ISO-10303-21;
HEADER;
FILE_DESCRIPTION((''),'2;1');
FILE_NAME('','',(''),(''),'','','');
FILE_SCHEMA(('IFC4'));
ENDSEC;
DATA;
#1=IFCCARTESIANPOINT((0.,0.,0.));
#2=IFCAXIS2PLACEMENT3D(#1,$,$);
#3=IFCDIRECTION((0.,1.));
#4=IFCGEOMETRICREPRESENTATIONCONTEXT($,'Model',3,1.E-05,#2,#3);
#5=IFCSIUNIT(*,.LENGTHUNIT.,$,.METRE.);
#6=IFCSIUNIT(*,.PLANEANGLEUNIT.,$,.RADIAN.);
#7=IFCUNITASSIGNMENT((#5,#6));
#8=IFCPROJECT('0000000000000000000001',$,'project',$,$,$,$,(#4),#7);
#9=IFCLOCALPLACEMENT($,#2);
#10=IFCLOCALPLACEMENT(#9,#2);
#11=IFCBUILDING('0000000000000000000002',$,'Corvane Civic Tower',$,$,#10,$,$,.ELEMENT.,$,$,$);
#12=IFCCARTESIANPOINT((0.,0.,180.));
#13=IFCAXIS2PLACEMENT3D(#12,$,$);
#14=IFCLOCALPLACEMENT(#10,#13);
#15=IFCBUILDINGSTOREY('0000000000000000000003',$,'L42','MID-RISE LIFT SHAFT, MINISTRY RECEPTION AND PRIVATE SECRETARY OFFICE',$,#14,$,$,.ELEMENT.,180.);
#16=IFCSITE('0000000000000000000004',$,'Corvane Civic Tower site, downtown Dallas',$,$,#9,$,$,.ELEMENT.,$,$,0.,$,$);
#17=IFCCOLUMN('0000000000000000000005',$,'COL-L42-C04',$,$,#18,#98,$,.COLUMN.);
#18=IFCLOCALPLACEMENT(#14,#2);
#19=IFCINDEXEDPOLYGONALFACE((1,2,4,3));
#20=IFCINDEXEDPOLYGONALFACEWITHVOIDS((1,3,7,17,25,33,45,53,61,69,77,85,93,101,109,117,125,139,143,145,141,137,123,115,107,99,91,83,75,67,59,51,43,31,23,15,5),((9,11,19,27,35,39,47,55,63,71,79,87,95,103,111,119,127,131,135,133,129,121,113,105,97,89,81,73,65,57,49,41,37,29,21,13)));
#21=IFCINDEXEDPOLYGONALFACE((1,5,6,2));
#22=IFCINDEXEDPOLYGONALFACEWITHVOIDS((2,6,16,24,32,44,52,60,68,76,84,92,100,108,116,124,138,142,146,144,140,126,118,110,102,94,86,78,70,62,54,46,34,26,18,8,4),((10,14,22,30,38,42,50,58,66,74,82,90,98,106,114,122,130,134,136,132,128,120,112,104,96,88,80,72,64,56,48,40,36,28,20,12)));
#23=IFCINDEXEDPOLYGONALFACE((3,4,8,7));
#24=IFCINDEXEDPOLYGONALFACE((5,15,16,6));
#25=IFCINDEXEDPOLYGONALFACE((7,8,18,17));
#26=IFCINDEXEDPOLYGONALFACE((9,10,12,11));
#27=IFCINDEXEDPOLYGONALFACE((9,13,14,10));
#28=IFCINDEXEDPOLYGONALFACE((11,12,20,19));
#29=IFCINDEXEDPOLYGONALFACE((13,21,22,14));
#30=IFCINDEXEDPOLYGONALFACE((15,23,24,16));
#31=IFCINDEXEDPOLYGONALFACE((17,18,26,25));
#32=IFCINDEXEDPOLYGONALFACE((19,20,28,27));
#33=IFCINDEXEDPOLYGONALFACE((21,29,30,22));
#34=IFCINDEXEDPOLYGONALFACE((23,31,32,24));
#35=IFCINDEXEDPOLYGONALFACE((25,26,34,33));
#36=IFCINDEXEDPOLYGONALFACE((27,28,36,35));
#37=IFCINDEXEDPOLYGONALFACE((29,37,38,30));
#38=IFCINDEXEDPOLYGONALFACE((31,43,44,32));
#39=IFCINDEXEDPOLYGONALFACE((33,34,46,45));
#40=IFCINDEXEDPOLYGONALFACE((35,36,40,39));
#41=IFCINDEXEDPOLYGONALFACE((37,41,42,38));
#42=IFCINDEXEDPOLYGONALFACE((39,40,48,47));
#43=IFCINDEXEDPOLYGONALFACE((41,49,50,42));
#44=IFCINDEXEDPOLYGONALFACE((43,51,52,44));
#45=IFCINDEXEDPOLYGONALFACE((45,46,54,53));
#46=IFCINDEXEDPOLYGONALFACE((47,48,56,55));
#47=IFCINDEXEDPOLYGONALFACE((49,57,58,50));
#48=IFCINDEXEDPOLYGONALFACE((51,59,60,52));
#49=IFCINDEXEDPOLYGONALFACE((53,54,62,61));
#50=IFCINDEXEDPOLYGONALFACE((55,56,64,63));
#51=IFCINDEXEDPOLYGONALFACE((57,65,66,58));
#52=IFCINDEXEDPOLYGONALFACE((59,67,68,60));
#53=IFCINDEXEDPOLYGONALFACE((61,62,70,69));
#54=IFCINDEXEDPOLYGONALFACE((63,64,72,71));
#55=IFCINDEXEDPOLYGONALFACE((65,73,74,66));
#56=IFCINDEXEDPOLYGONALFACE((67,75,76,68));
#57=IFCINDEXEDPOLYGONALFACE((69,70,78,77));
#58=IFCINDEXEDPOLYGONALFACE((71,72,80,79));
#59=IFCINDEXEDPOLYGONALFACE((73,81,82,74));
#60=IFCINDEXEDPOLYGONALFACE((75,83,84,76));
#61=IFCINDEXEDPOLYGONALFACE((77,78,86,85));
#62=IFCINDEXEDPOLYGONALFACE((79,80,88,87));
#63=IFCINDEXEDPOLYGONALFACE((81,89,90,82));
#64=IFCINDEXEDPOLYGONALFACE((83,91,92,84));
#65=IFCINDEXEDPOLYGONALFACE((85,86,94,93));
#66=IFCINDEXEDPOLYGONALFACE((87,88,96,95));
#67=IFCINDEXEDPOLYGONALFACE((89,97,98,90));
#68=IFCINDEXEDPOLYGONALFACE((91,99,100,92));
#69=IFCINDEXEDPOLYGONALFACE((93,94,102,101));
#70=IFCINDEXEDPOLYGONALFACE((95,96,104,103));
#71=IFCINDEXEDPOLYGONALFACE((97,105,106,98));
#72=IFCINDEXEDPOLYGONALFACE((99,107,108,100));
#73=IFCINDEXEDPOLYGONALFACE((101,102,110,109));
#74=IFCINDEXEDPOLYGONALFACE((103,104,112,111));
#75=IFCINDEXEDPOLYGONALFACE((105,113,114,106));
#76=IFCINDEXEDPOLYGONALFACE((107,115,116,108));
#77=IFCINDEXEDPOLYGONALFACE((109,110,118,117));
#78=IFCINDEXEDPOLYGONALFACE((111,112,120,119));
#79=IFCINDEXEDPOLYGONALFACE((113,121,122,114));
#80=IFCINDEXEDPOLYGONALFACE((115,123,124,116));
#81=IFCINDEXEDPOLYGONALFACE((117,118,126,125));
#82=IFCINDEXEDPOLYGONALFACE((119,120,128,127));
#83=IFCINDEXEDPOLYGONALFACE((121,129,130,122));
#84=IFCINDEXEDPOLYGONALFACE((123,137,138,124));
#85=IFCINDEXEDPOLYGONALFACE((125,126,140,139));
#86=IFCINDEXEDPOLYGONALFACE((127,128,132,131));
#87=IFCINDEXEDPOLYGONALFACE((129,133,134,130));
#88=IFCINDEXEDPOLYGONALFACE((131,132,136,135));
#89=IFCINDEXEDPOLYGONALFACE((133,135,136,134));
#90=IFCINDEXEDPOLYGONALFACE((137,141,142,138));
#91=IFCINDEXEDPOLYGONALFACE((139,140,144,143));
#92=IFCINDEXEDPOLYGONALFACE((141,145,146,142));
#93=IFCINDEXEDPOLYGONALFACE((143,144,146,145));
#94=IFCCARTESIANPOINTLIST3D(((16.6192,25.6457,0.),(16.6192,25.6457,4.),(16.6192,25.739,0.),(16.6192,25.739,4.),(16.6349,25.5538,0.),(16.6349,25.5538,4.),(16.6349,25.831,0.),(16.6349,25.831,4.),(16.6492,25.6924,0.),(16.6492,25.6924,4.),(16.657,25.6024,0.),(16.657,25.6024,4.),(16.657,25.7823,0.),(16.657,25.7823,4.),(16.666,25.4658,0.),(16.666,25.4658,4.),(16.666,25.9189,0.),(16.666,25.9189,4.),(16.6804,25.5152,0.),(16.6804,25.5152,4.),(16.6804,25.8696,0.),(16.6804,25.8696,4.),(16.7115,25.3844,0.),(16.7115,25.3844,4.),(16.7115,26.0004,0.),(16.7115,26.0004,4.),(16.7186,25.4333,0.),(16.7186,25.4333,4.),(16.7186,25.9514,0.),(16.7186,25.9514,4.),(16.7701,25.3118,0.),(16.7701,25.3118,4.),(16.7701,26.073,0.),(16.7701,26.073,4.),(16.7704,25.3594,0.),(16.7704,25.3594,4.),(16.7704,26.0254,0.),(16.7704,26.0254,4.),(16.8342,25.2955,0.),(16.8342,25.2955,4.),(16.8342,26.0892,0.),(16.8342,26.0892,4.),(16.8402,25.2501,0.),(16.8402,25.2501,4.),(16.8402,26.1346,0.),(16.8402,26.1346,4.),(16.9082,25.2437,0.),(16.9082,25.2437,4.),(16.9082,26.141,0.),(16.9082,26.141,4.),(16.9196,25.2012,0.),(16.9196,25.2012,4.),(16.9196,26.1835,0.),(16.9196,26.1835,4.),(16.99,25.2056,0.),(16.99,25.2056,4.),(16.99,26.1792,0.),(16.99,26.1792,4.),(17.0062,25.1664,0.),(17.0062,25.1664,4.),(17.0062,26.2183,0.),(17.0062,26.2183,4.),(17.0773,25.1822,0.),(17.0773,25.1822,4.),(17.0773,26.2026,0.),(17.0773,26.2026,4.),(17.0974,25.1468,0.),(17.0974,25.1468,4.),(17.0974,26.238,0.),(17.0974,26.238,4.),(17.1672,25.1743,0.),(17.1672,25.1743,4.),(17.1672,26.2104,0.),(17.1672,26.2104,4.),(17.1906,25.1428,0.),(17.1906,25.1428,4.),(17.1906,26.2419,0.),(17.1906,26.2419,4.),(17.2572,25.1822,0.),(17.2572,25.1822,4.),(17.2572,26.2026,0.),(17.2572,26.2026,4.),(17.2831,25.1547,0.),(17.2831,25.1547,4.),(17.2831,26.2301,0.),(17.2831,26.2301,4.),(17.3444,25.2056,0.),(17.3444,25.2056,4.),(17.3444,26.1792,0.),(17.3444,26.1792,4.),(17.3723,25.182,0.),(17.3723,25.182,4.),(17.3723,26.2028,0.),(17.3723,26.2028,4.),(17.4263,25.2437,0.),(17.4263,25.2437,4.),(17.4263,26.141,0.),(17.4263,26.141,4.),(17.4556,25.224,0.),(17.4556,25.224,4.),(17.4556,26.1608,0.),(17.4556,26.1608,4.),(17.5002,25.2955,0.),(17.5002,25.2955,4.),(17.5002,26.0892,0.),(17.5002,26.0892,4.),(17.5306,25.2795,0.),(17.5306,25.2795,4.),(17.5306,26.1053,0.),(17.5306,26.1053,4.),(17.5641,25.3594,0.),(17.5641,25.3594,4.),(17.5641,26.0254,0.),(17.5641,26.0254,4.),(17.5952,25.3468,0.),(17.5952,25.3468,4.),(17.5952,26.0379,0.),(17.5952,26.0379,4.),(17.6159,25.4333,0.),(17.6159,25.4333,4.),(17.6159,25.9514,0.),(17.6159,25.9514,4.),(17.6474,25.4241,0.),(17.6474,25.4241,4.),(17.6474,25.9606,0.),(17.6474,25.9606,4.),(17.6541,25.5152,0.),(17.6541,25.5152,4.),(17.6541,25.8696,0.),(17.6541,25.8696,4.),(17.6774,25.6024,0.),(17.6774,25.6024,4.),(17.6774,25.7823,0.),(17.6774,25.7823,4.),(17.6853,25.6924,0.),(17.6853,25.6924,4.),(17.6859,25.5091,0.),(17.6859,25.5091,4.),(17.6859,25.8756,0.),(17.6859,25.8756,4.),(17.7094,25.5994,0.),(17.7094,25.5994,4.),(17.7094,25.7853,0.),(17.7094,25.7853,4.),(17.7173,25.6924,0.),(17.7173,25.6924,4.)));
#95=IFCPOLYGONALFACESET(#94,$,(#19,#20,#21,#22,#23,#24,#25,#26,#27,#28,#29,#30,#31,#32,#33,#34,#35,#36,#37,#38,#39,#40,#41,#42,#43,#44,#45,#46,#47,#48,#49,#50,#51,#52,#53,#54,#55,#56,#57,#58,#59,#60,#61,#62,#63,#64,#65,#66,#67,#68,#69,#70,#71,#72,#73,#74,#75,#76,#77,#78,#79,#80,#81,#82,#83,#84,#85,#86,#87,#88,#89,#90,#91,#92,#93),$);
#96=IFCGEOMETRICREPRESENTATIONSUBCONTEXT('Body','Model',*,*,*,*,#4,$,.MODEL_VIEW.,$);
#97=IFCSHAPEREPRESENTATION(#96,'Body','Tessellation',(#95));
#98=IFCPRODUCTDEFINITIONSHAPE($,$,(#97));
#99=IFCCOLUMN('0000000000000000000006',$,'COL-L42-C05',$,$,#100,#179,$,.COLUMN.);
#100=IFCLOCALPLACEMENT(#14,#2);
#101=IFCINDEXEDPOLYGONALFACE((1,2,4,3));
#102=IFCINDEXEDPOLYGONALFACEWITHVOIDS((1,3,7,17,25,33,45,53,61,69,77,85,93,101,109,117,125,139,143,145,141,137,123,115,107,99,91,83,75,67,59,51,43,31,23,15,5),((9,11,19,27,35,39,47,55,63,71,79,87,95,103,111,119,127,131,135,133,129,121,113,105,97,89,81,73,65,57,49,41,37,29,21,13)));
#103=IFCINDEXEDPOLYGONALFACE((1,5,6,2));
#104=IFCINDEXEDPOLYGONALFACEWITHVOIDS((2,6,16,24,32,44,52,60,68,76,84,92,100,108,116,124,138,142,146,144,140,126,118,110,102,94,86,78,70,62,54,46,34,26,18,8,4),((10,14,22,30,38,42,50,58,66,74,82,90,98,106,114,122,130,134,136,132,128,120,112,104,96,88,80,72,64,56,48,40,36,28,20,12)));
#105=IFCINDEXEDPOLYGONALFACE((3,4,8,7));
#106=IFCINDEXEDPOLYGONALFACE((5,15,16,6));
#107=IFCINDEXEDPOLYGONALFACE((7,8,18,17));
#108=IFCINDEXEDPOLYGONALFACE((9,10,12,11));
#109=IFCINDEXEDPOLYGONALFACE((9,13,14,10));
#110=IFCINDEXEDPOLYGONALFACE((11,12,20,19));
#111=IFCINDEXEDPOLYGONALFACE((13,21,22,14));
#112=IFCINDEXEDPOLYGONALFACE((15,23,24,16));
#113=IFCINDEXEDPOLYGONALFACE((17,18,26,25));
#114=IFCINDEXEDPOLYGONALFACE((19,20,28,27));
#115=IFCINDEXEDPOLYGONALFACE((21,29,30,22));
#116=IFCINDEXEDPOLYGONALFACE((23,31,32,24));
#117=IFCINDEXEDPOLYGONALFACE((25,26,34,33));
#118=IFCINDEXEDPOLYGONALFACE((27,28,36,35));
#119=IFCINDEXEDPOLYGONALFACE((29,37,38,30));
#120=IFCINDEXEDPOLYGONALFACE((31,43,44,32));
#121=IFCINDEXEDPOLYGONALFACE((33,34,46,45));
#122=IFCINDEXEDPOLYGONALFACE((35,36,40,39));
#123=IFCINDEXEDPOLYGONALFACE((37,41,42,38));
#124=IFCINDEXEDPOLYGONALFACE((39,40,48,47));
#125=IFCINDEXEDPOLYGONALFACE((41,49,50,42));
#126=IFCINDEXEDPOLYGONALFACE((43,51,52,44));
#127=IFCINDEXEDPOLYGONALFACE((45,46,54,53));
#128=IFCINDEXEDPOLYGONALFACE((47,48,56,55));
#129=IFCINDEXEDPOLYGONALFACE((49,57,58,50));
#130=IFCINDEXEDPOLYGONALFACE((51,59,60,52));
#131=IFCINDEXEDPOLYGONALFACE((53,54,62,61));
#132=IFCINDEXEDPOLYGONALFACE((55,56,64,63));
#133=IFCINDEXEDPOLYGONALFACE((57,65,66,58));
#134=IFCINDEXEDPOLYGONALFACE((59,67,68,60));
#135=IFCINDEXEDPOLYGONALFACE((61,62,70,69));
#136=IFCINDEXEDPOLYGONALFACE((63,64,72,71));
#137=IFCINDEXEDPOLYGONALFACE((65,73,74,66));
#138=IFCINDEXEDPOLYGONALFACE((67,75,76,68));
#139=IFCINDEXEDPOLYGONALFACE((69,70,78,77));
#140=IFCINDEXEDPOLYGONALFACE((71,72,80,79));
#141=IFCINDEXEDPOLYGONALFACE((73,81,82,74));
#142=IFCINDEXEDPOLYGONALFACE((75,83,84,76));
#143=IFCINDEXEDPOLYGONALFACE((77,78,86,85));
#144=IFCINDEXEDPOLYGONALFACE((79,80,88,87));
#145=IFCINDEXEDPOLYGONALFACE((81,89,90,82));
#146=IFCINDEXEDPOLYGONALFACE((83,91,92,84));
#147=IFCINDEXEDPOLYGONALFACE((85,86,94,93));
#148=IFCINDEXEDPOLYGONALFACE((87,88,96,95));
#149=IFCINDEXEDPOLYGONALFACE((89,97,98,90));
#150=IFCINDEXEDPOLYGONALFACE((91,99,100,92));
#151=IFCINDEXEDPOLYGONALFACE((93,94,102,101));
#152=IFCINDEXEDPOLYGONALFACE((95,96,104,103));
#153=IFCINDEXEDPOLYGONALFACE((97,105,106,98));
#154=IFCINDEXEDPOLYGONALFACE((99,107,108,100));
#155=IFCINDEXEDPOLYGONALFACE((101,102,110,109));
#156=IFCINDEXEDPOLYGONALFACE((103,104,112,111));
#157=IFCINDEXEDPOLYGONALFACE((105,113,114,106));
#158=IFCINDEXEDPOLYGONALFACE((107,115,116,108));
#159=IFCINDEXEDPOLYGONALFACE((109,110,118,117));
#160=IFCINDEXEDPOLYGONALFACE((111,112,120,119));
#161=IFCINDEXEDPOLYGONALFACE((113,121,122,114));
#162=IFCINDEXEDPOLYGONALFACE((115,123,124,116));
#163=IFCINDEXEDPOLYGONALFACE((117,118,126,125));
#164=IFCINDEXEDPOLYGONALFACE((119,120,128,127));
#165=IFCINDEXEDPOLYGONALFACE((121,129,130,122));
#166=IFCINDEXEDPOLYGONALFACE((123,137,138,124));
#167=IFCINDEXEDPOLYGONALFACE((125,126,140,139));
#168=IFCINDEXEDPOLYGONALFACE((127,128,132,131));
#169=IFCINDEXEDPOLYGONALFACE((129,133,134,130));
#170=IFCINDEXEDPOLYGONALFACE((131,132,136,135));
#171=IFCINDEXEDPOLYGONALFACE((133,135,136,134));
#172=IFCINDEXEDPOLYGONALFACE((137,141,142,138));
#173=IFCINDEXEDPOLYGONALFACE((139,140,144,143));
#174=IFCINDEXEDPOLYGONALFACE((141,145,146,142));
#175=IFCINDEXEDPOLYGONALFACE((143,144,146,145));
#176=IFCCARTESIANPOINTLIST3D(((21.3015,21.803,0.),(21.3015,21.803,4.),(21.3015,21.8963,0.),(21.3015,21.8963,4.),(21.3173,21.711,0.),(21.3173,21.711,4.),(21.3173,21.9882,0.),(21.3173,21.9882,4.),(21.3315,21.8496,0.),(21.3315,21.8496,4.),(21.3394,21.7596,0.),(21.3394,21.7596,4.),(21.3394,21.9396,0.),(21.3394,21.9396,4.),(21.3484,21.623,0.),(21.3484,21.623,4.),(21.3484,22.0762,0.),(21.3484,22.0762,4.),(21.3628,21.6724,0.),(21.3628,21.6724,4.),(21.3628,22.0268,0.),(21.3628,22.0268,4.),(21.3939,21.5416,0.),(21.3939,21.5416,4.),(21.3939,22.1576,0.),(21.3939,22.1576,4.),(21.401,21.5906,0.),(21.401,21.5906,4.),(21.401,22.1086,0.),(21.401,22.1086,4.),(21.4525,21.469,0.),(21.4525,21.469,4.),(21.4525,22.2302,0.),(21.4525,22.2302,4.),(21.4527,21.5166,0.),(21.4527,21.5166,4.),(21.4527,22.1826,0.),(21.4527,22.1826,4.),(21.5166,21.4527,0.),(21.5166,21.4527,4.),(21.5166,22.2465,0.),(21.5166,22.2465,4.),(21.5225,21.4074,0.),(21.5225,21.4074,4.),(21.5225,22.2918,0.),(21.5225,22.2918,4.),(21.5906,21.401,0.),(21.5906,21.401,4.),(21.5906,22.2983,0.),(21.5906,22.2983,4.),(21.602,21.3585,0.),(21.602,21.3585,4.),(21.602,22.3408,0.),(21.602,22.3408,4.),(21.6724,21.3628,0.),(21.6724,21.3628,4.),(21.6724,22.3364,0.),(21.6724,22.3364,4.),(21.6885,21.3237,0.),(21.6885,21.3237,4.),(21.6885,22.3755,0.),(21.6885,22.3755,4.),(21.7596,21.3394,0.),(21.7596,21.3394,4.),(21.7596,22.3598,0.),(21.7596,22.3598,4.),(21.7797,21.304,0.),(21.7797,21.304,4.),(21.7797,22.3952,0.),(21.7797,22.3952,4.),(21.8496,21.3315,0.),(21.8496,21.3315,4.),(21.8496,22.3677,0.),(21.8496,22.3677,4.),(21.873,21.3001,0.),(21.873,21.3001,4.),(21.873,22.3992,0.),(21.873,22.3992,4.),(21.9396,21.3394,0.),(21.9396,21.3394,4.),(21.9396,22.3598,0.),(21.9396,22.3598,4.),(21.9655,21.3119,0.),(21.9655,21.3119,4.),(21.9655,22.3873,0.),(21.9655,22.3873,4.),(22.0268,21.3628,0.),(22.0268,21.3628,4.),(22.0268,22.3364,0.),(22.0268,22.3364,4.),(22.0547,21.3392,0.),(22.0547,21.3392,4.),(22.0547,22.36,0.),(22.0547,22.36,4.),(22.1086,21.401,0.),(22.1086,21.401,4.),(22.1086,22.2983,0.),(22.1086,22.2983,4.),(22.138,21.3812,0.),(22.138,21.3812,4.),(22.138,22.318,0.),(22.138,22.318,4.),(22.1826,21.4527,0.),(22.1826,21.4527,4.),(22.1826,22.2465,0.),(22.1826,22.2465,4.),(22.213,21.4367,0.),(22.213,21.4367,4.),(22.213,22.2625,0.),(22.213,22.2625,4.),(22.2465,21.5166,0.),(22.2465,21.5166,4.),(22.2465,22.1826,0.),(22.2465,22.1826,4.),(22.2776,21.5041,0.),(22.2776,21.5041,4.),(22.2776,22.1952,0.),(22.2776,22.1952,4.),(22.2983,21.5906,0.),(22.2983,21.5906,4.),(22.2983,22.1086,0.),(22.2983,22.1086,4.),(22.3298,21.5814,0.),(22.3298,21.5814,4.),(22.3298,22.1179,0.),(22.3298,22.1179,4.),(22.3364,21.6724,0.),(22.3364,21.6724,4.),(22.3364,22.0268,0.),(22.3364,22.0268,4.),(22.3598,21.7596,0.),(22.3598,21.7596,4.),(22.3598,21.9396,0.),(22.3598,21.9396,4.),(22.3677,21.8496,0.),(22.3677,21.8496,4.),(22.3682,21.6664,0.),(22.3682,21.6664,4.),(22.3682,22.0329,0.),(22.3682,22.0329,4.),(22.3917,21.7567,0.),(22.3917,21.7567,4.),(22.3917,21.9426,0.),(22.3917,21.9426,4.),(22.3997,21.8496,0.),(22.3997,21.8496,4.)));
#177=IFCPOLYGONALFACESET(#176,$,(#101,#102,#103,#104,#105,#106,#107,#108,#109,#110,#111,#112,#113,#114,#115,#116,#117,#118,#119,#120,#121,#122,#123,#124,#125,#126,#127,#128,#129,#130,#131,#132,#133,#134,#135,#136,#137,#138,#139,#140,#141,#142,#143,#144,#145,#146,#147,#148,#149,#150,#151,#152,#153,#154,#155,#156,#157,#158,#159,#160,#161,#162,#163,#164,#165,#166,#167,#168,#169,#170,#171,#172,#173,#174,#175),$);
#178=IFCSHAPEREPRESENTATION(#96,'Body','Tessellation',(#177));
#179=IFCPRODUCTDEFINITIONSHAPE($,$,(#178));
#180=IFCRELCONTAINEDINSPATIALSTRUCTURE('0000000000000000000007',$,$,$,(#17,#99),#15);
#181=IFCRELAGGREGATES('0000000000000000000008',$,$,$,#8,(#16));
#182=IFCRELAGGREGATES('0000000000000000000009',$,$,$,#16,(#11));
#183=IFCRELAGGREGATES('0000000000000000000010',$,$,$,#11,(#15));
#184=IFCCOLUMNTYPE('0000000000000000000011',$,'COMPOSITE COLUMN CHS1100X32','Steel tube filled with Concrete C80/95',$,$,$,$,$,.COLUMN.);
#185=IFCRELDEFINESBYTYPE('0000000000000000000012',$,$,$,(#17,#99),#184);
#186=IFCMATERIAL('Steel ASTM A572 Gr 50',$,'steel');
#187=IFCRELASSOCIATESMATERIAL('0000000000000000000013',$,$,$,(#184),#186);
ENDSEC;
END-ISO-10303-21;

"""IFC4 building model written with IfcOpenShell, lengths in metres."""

from ifc_helpers import new_model, si_unit, direction, frame, origin, origin_2d, place, context, subcontext, project, spatial, hollow_circle, extrude, material, material_profile, profile_set, type_object, element, save


model = new_model("IFC4")

# Units and contexts
model_context = context("Model", 3, precision=1e-05, world=origin(), true_north=direction((0.0, 1.0)))
body_context = subcontext(model_context, "Body", "Model", "MODEL_VIEW")
ifc_project = project(units=[si_unit("LENGTHUNIT", "METRE"), si_unit("PLANEANGLEUNIT", "RADIAN")], contexts=[model_context])

# Site, building, storey
site_placement = place(None, origin())
site = spatial("IfcSite", under=ifc_project, at=site_placement, Name="Corvane Civic Tower site, downtown Dallas", CompositionType="ELEMENT", RefElevation=0.0)
building_placement = place(site_placement, origin())
building = spatial("IfcBuilding", under=site, at=building_placement, Name="Corvane Civic Tower", CompositionType="ELEMENT")
storey_placement = place(building_placement, frame((0.0, 0.0, 180.0)))
storey = spatial("IfcBuildingStorey", under=building, at=storey_placement, Name="L42", Description="MID-RISE LIFT SHAFT, MINISTRY RECEPTION AND PRIVATE SECRETARY OFFICE", CompositionType="ELEMENT", Elevation=180.0)

# Columns
ifc_material_1 = material(Name="Steel ASTM A572 Gr 50", Category="steel")
ifc_material_profile_1 = material_profile(ifc_material_1, hollow_circle(Radius=0.55, WallThickness=0.032, at=origin_2d()), Name="CHS1100X32")
ifc_profile_set_1 = profile_set([ifc_material_profile_1], Name="Steel ASTM A572 Gr 50")
column_type = type_object("IfcColumnType", Name="COMPOSITE COLUMN CHS1100X32", Description="Steel tube filled with Concrete C80/95", PredefinedType="COLUMN", material=ifc_profile_set_1)
for number, where, z_axis, x_axis, name in (
    (1, (17.1672, 25.6924, 0.0), (0.0, 0.0, 1.0), (1.0, 0.0, 0.0), "COL-L42-C04"),
    (2, (21.8496, 21.8496, 0.0), (0.0, 0.0, 1.0), (1.0, 0.0, 0.0), "COL-L42-C05"),
):
    element("IfcColumn", number, at=place(storey_placement, frame(where, z_axis=z_axis, x_axis=x_axis)), inside=storey, type_object=column_type, Name=name, PredefinedType="COLUMN", context=body_context, shape_type="SweptSolid", body=[
        extrude(hollow_circle(Radius=0.55, WallThickness=0.032, at=origin_2d()), origin(), (0.0, 0.0, 1.0), 4.0),
    ])

save(model, "model.ifc")
